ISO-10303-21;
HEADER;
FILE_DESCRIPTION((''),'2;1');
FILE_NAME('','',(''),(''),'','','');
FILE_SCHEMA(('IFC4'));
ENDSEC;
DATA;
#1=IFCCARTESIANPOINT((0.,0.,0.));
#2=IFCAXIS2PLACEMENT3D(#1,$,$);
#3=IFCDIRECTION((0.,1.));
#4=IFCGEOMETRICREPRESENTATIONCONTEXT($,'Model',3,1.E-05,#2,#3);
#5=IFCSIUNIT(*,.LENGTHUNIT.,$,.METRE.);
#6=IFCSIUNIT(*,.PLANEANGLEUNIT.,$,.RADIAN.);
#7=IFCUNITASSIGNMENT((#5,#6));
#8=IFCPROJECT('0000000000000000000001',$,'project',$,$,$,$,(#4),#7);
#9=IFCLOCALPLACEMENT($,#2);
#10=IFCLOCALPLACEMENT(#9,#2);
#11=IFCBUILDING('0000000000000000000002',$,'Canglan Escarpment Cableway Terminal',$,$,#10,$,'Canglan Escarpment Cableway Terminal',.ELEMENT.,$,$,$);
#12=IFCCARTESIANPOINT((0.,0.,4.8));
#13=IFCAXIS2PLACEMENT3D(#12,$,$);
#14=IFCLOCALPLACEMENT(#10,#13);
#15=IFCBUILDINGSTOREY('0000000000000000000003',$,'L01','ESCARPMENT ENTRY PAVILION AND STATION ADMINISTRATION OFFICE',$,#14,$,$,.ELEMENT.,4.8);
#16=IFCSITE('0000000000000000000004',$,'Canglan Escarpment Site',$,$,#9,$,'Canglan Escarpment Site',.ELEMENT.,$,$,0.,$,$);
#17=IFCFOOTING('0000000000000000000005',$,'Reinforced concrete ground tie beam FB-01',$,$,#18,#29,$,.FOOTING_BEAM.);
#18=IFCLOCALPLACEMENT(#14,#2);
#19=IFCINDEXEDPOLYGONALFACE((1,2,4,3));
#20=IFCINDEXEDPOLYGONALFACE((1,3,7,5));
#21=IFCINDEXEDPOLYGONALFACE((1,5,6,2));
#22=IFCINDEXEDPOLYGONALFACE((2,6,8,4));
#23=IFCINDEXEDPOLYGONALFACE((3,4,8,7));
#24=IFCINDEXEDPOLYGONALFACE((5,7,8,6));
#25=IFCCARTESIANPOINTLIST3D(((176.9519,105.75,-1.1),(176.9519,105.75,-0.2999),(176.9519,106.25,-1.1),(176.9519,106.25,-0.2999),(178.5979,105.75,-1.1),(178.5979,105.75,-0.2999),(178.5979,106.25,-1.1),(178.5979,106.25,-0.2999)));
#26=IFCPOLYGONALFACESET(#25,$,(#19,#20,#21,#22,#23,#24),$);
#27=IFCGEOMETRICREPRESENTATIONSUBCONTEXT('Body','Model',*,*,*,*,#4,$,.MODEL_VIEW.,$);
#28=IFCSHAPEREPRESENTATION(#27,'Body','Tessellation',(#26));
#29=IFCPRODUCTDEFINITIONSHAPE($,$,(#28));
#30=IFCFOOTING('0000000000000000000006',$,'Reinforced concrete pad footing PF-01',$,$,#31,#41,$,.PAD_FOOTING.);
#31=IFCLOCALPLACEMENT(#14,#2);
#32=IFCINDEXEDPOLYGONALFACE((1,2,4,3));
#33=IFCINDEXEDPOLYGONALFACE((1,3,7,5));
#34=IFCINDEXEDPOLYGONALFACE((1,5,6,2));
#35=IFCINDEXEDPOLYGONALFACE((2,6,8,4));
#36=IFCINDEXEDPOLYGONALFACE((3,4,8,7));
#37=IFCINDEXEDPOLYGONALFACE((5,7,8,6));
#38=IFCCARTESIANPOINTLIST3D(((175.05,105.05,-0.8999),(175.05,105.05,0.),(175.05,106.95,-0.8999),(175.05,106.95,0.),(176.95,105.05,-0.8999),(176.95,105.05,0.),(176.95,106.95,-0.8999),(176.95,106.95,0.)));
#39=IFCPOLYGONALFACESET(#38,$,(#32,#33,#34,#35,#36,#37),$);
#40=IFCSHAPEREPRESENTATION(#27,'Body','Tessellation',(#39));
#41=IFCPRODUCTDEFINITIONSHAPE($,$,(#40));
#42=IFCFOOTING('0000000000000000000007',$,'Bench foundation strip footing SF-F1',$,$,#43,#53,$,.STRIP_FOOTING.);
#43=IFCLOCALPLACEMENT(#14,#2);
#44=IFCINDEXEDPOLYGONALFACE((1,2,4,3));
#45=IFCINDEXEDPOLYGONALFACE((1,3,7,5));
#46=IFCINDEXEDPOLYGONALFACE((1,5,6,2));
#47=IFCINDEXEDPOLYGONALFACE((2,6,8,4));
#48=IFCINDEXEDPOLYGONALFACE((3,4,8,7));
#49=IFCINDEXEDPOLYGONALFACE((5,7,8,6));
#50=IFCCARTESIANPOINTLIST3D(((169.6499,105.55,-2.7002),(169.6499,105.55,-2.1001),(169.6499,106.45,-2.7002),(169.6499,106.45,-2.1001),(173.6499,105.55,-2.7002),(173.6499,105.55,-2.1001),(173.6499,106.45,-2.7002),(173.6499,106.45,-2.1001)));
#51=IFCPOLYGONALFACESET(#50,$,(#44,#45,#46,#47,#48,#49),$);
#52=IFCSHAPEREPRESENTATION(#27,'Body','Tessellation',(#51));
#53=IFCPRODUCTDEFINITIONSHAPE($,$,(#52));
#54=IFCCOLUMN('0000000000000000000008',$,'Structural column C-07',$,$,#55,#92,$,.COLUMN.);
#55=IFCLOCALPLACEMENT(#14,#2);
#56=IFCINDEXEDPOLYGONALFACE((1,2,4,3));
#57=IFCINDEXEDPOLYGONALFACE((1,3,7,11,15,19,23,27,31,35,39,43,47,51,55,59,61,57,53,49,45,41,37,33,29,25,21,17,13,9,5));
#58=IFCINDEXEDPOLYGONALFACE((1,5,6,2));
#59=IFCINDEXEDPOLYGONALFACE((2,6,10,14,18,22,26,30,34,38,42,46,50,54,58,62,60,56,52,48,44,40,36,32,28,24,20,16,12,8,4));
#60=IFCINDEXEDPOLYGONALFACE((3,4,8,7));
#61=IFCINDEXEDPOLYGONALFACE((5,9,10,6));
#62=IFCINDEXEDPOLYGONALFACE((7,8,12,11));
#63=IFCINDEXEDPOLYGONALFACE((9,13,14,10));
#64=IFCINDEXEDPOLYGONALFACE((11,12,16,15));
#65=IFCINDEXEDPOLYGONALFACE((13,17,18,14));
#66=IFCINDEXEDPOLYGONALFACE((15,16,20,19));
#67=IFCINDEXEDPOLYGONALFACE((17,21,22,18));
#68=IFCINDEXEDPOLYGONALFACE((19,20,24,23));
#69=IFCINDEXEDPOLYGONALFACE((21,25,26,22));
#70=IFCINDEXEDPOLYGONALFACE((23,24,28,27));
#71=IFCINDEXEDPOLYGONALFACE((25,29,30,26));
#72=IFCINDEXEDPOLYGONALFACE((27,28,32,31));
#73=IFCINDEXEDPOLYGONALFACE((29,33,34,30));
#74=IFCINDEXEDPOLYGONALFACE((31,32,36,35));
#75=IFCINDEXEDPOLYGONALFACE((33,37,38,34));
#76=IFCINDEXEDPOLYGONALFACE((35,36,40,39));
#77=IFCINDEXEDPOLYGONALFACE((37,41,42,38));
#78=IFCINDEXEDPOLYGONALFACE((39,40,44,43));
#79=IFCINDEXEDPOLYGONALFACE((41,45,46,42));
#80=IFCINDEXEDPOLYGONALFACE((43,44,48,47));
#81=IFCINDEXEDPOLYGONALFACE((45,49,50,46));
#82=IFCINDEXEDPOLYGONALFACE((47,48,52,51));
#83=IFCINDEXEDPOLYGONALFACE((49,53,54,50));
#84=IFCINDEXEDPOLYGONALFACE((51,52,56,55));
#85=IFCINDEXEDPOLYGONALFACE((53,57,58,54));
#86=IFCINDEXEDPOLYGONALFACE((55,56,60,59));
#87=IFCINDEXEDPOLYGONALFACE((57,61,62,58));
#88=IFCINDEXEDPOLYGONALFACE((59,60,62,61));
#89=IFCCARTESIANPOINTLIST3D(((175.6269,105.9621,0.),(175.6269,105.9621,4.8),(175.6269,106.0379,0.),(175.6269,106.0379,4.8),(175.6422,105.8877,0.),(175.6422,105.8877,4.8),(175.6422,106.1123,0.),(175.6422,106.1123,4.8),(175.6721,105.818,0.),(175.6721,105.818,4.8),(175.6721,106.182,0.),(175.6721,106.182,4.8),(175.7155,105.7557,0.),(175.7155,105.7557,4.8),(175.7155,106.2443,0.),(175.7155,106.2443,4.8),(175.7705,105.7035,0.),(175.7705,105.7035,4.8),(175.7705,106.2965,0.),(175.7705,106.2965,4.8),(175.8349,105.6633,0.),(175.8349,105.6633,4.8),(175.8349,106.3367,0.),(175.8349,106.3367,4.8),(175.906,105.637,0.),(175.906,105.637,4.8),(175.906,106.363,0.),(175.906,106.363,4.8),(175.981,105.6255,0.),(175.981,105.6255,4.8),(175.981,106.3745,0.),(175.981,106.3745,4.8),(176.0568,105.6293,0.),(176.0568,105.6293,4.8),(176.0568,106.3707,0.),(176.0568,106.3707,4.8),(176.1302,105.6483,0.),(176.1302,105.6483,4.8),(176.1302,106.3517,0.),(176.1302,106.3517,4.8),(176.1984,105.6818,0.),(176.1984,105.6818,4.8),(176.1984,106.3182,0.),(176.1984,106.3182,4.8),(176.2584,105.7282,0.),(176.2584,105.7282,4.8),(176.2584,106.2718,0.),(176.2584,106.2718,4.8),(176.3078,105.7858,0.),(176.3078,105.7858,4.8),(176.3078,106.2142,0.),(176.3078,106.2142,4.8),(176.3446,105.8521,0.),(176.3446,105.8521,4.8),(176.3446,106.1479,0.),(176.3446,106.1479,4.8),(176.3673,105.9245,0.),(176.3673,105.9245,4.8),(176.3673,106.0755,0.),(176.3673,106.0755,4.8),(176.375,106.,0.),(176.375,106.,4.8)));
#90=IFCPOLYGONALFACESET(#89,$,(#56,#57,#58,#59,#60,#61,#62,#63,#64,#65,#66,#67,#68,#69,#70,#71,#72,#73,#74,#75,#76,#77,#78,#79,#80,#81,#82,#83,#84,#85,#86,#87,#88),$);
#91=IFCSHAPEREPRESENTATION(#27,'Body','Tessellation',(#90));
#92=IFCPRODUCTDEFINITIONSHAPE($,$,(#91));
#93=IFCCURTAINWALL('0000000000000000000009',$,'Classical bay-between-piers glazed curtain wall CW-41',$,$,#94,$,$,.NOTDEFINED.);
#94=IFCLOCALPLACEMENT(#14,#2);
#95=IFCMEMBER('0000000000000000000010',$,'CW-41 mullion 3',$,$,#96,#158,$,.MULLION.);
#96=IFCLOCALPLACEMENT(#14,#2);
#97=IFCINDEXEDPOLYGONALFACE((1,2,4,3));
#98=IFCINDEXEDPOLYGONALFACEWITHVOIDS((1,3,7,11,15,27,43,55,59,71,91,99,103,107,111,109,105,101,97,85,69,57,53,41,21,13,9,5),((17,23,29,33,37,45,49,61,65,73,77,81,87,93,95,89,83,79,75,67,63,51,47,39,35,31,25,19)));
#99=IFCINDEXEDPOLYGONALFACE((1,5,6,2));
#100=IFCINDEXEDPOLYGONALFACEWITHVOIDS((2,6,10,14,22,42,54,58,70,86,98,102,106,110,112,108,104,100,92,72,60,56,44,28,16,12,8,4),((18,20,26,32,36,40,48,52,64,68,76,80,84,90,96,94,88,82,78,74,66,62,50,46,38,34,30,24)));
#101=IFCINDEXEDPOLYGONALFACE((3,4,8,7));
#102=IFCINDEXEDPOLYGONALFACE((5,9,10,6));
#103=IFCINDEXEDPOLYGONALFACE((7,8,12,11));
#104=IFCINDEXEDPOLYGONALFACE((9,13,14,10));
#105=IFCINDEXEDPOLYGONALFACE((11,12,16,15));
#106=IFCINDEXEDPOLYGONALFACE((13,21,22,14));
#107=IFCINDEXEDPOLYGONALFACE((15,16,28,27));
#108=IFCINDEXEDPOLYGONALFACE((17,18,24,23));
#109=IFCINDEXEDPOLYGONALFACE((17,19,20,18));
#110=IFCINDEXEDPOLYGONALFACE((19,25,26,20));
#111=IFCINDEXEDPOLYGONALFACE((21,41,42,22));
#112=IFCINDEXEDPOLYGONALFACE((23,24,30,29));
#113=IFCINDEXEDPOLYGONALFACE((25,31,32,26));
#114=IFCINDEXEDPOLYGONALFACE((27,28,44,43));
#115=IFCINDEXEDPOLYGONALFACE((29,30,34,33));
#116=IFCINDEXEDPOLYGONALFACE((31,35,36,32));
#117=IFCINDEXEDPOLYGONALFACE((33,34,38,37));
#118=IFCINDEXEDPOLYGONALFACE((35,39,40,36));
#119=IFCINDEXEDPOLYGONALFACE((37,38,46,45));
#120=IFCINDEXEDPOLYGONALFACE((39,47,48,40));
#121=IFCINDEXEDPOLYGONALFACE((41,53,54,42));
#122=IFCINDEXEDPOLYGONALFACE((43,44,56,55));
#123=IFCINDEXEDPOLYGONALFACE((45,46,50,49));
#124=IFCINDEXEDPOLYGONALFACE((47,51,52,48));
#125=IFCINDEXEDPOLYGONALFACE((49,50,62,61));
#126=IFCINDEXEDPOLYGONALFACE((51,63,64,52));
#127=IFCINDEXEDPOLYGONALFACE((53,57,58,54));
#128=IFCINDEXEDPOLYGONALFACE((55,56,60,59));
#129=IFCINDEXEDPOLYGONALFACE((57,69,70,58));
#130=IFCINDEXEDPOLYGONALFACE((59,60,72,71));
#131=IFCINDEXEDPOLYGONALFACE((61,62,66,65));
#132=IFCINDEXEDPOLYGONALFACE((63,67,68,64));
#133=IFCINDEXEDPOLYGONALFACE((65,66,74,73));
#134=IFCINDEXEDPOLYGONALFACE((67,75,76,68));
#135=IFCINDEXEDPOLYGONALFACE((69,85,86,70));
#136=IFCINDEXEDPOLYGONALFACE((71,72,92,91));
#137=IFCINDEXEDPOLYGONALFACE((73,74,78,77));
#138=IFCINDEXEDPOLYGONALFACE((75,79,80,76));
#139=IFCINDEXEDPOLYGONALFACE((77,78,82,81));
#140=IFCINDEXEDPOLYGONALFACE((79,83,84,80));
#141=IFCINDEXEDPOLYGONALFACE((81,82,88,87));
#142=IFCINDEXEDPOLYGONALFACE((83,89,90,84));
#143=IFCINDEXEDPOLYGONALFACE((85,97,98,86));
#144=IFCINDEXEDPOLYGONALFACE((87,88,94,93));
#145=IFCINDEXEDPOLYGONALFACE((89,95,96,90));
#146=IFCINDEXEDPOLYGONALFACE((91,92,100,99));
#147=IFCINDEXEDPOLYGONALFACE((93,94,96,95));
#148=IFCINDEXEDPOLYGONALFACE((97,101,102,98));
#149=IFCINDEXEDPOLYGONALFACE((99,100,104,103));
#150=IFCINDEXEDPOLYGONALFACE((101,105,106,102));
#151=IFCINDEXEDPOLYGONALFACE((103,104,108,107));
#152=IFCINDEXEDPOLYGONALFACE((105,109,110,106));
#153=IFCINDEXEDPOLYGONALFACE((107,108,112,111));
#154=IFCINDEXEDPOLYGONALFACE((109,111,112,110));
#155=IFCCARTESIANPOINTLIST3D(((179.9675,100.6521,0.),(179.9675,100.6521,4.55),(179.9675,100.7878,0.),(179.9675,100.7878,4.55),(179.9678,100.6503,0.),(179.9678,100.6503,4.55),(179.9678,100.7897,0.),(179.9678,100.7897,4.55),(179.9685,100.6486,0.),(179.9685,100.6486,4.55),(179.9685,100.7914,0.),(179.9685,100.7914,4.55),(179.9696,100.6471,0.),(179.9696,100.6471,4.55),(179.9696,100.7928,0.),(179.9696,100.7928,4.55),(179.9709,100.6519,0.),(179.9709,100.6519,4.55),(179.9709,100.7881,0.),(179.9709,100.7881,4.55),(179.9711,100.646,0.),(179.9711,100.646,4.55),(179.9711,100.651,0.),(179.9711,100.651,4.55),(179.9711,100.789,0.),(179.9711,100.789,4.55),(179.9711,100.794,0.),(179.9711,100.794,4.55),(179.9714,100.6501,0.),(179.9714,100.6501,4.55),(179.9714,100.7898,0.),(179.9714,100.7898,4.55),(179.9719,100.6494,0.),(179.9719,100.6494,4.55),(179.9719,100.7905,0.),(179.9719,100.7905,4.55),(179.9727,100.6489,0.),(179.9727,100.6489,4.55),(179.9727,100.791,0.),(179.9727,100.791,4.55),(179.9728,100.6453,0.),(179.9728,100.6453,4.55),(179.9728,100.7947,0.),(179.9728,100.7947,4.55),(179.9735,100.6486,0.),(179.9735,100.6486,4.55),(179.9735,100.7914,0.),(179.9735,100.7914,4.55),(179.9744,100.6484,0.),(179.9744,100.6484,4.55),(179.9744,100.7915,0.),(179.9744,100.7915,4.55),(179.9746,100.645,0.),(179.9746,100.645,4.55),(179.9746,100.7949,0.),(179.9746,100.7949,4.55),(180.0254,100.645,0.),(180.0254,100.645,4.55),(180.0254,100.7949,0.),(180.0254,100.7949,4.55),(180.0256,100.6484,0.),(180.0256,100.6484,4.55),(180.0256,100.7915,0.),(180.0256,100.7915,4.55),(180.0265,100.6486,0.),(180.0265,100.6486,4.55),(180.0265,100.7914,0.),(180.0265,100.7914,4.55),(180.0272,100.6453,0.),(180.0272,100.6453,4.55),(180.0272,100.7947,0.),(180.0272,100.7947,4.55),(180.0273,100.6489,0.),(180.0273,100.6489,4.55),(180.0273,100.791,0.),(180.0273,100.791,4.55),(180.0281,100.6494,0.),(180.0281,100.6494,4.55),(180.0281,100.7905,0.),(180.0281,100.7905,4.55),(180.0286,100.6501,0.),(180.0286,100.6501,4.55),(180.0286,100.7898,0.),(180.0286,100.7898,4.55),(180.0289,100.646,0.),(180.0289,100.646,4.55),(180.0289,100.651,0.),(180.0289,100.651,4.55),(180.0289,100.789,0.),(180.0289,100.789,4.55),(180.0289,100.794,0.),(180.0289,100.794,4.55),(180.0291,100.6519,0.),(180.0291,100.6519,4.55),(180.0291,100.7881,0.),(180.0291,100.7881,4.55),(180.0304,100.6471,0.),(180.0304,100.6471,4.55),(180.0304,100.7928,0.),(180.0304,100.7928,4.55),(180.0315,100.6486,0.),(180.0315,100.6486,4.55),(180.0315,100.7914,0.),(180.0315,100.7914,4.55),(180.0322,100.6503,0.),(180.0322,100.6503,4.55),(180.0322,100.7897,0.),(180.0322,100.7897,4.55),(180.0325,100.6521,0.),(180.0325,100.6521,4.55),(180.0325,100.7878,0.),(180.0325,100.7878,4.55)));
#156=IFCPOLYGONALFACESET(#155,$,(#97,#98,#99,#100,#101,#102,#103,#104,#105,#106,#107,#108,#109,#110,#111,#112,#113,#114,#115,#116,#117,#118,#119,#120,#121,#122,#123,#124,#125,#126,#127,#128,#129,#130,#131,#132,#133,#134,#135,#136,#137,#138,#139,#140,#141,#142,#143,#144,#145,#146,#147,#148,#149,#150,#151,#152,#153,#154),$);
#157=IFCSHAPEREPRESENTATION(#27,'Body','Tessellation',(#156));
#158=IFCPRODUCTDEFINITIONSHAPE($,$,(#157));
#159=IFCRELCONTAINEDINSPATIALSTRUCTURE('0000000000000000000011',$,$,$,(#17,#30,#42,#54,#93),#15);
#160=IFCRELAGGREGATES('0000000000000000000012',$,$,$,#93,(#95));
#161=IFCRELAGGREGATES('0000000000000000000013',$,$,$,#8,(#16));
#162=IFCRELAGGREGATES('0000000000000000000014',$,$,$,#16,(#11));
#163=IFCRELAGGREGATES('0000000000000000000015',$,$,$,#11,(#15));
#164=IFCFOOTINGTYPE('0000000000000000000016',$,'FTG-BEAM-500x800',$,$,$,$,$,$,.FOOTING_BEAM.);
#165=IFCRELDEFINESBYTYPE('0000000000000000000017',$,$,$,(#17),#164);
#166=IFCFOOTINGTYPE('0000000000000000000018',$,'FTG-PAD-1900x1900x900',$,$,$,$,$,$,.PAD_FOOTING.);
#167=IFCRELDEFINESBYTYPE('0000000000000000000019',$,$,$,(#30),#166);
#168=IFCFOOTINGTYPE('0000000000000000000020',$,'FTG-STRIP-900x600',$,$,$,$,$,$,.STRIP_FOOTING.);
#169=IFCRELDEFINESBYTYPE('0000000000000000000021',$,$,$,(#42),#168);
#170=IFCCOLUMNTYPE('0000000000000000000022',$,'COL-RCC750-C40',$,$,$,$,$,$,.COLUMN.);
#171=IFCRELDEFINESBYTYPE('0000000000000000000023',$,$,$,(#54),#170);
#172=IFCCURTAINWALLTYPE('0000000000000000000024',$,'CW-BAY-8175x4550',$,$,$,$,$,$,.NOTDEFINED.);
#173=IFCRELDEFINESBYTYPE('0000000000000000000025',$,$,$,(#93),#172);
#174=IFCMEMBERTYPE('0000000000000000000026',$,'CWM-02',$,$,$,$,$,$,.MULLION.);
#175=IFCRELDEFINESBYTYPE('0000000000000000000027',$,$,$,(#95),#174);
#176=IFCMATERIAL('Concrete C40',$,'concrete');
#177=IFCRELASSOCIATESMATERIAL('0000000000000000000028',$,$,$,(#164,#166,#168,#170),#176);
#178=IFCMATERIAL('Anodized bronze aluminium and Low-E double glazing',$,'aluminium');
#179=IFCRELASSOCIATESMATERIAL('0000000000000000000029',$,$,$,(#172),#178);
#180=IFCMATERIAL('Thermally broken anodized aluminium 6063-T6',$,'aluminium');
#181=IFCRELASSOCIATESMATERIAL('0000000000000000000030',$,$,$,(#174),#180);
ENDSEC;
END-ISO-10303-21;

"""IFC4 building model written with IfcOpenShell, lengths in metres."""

from ifc_helpers import new_model, si_unit, direction, frame, origin, origin_2d, place, context, subcontext, project, spatial, rectangle, hollow_rectangle, circle, extrude, material, material_profile, profile_set, type_object, element, aggregate, save


model = new_model("IFC4")

# Units and contexts
model_context = context("Model", 3, precision=1e-05, world=origin(), true_north=direction((0.0, 1.0)))
body_context = subcontext(model_context, "Body", "Model", "MODEL_VIEW")
ifc_project = project(units=[si_unit("LENGTHUNIT", "METRE"), si_unit("PLANEANGLEUNIT", "RADIAN")], contexts=[model_context])

# Site, building, storey
site_placement = place(None, origin())
site = spatial("IfcSite", under=ifc_project, at=site_placement, Name="Canglan Escarpment Site", LongName="Canglan Escarpment Site", CompositionType="ELEMENT", RefElevation=0.0)
building_placement = place(site_placement, origin())
building = spatial("IfcBuilding", under=site, at=building_placement, Name="Canglan Escarpment Cableway Terminal", LongName="Canglan Escarpment Cableway Terminal", CompositionType="ELEMENT")
storey_placement = place(building_placement, frame((0.0, 0.0, 4.8)))
storey = spatial("IfcBuildingStorey", under=building, at=storey_placement, Name="L01", Description="ESCARPMENT ENTRY PAVILION AND STATION ADMINISTRATION OFFICE", CompositionType="ELEMENT", Elevation=4.8)

# Footings
ifc_material_1 = material(Name="Concrete C40", Category="concrete")
ifc_material_profile_1 = material_profile(ifc_material_1, rectangle(XDim=0.5, YDim=0.8, at=origin_2d()), Name="FB 500x800")
ifc_profile_set_1 = profile_set([ifc_material_profile_1], Name="Concrete C40")
footing_type_1 = type_object("IfcFootingType", Name="FTG-BEAM-500x800", PredefinedType="FOOTING_BEAM", material=ifc_profile_set_1)
footing_1_placement = place(storey_placement, frame((176.9519, 106.0, -0.7), z_axis=(1.0, 0.0, 0.0), x_axis=(0.0, 1.0, 0.0)))
element("IfcFooting", 1, at=footing_1_placement, inside=storey, type_object=footing_type_1, Name="Reinforced concrete ground tie beam FB-01", PredefinedType="FOOTING_BEAM", context=body_context, shape_type="SweptSolid", body=[
    extrude(rectangle(XDim=0.5, YDim=0.8, at=origin_2d()), origin(), (0.0, 0.0, 1.0), 1.646),
])
footing_type_2 = type_object("IfcFootingType", Name="FTG-PAD-1900x1900x900", PredefinedType="PAD_FOOTING", material=ifc_material_1)
footing_2_placement = place(storey_placement, frame((176.0, 106.0, -0.8999), z_axis=(0.0, 0.0, 1.0), x_axis=(1.0, 0.0, 0.0)))
element("IfcFooting", 2, at=footing_2_placement, inside=storey, type_object=footing_type_2, Name="Reinforced concrete pad footing PF-01", PredefinedType="PAD_FOOTING", context=body_context, shape_type="SweptSolid", body=[
    extrude(rectangle(XDim=1.8999, YDim=1.8999, at=origin_2d()), origin(), (0.0, 0.0, 1.0), 0.8999),
])
ifc_material_profile_2 = material_profile(ifc_material_1, rectangle(XDim=0.8999, YDim=0.6001, at=origin_2d()), Name="SF 900x600")
ifc_profile_set_2 = profile_set([ifc_material_profile_2], Name="Concrete C40")
footing_type_3 = type_object("IfcFootingType", Name="FTG-STRIP-900x600", PredefinedType="STRIP_FOOTING", material=ifc_profile_set_2)
footing_3_placement = place(storey_placement, frame((169.6499, 106.0, -2.4001), z_axis=(1.0, 0.0, 0.0), x_axis=(0.0, 1.0, 0.0)))
element("IfcFooting", 3, at=footing_3_placement, inside=storey, type_object=footing_type_3, Name="Bench foundation strip footing SF-F1", PredefinedType="STRIP_FOOTING", context=body_context, shape_type="SweptSolid", body=[
    extrude(rectangle(XDim=0.8999, YDim=0.6001, at=origin_2d()), origin(), (0.0, 0.0, 1.0), 4.0),
])

# Column
ifc_material_profile_3 = material_profile(ifc_material_1, circle(Radius=0.375, at=origin_2d()), Name="RC-CIRC D750")
ifc_profile_set_3 = profile_set([ifc_material_profile_3], Name="Concrete C40")
column_type = type_object("IfcColumnType", Name="COL-RCC750-C40", PredefinedType="COLUMN", material=ifc_profile_set_3)
column_placement = place(storey_placement, frame((176.0, 106.0, 0.0), z_axis=(0.0, 0.0, 1.0), x_axis=(1.0, 0.0, 0.0)))
element("IfcColumn", 4, at=column_placement, inside=storey, type_object=column_type, Name="Structural column C-07", PredefinedType="COLUMN", context=body_context, shape_type="SweptSolid", body=[
    extrude(circle(Radius=0.375, at=origin_2d()), origin(), (0.0, 0.0, 1.0), 4.8),
])

# Curtain wall, member
ifc_material_2 = material(Name="Anodized bronze aluminium and Low-E double glazing", Category="aluminium")
curtain_wall_type = type_object("IfcCurtainWallType", Name="CW-BAY-8175x4550", PredefinedType="NOTDEFINED", material=ifc_material_2)
curtain_wall_placement = place(storey_placement, origin())
curtain_wall = element("IfcCurtainWall", 5, at=curtain_wall_placement, inside=storey, type_object=curtain_wall_type, Name="Classical bay-between-piers glazed curtain wall CW-41", PredefinedType="NOTDEFINED")
ifc_material_3 = material(Name="Thermally broken anodized aluminium 6063-T6", Category="aluminium")
ifc_material_profile_4 = material_profile(ifc_material_3, hollow_rectangle(XDim=0.0649, YDim=0.1499, WallThickness=0.0034, InnerFilletRadius=0.0034, OuterFilletRadius=0.0071, at=origin_2d()), Name="ALU-MULL 65x150x3.5")
ifc_profile_set_4 = profile_set([ifc_material_profile_4], Name="Thermally broken anodized aluminium 6063-T6")
member_type_1 = type_object("IfcMemberType", Name="CWM-02", PredefinedType="MULLION", material=ifc_profile_set_4)
member_1_placement = place(storey_placement, frame((180.0, 100.72, 0.0), z_axis=(0.0, 0.0, 1.0), x_axis=(-1.0, 0.0, 0.0)))
member_1 = element("IfcMember", 6, at=member_1_placement, type_object=member_type_1, Name="CW-41 mullion 3", PredefinedType="MULLION", context=body_context, shape_type="SweptSolid", body=[
    extrude(hollow_rectangle(XDim=0.0649, YDim=0.1499, WallThickness=0.0034, InnerFilletRadius=0.0034, OuterFilletRadius=0.0071, at=origin_2d()), origin(), (0.0, 0.0, 1.0), 4.55),
])
aggregate(curtain_wall, [member_1])

save(model, "model.ifc")
